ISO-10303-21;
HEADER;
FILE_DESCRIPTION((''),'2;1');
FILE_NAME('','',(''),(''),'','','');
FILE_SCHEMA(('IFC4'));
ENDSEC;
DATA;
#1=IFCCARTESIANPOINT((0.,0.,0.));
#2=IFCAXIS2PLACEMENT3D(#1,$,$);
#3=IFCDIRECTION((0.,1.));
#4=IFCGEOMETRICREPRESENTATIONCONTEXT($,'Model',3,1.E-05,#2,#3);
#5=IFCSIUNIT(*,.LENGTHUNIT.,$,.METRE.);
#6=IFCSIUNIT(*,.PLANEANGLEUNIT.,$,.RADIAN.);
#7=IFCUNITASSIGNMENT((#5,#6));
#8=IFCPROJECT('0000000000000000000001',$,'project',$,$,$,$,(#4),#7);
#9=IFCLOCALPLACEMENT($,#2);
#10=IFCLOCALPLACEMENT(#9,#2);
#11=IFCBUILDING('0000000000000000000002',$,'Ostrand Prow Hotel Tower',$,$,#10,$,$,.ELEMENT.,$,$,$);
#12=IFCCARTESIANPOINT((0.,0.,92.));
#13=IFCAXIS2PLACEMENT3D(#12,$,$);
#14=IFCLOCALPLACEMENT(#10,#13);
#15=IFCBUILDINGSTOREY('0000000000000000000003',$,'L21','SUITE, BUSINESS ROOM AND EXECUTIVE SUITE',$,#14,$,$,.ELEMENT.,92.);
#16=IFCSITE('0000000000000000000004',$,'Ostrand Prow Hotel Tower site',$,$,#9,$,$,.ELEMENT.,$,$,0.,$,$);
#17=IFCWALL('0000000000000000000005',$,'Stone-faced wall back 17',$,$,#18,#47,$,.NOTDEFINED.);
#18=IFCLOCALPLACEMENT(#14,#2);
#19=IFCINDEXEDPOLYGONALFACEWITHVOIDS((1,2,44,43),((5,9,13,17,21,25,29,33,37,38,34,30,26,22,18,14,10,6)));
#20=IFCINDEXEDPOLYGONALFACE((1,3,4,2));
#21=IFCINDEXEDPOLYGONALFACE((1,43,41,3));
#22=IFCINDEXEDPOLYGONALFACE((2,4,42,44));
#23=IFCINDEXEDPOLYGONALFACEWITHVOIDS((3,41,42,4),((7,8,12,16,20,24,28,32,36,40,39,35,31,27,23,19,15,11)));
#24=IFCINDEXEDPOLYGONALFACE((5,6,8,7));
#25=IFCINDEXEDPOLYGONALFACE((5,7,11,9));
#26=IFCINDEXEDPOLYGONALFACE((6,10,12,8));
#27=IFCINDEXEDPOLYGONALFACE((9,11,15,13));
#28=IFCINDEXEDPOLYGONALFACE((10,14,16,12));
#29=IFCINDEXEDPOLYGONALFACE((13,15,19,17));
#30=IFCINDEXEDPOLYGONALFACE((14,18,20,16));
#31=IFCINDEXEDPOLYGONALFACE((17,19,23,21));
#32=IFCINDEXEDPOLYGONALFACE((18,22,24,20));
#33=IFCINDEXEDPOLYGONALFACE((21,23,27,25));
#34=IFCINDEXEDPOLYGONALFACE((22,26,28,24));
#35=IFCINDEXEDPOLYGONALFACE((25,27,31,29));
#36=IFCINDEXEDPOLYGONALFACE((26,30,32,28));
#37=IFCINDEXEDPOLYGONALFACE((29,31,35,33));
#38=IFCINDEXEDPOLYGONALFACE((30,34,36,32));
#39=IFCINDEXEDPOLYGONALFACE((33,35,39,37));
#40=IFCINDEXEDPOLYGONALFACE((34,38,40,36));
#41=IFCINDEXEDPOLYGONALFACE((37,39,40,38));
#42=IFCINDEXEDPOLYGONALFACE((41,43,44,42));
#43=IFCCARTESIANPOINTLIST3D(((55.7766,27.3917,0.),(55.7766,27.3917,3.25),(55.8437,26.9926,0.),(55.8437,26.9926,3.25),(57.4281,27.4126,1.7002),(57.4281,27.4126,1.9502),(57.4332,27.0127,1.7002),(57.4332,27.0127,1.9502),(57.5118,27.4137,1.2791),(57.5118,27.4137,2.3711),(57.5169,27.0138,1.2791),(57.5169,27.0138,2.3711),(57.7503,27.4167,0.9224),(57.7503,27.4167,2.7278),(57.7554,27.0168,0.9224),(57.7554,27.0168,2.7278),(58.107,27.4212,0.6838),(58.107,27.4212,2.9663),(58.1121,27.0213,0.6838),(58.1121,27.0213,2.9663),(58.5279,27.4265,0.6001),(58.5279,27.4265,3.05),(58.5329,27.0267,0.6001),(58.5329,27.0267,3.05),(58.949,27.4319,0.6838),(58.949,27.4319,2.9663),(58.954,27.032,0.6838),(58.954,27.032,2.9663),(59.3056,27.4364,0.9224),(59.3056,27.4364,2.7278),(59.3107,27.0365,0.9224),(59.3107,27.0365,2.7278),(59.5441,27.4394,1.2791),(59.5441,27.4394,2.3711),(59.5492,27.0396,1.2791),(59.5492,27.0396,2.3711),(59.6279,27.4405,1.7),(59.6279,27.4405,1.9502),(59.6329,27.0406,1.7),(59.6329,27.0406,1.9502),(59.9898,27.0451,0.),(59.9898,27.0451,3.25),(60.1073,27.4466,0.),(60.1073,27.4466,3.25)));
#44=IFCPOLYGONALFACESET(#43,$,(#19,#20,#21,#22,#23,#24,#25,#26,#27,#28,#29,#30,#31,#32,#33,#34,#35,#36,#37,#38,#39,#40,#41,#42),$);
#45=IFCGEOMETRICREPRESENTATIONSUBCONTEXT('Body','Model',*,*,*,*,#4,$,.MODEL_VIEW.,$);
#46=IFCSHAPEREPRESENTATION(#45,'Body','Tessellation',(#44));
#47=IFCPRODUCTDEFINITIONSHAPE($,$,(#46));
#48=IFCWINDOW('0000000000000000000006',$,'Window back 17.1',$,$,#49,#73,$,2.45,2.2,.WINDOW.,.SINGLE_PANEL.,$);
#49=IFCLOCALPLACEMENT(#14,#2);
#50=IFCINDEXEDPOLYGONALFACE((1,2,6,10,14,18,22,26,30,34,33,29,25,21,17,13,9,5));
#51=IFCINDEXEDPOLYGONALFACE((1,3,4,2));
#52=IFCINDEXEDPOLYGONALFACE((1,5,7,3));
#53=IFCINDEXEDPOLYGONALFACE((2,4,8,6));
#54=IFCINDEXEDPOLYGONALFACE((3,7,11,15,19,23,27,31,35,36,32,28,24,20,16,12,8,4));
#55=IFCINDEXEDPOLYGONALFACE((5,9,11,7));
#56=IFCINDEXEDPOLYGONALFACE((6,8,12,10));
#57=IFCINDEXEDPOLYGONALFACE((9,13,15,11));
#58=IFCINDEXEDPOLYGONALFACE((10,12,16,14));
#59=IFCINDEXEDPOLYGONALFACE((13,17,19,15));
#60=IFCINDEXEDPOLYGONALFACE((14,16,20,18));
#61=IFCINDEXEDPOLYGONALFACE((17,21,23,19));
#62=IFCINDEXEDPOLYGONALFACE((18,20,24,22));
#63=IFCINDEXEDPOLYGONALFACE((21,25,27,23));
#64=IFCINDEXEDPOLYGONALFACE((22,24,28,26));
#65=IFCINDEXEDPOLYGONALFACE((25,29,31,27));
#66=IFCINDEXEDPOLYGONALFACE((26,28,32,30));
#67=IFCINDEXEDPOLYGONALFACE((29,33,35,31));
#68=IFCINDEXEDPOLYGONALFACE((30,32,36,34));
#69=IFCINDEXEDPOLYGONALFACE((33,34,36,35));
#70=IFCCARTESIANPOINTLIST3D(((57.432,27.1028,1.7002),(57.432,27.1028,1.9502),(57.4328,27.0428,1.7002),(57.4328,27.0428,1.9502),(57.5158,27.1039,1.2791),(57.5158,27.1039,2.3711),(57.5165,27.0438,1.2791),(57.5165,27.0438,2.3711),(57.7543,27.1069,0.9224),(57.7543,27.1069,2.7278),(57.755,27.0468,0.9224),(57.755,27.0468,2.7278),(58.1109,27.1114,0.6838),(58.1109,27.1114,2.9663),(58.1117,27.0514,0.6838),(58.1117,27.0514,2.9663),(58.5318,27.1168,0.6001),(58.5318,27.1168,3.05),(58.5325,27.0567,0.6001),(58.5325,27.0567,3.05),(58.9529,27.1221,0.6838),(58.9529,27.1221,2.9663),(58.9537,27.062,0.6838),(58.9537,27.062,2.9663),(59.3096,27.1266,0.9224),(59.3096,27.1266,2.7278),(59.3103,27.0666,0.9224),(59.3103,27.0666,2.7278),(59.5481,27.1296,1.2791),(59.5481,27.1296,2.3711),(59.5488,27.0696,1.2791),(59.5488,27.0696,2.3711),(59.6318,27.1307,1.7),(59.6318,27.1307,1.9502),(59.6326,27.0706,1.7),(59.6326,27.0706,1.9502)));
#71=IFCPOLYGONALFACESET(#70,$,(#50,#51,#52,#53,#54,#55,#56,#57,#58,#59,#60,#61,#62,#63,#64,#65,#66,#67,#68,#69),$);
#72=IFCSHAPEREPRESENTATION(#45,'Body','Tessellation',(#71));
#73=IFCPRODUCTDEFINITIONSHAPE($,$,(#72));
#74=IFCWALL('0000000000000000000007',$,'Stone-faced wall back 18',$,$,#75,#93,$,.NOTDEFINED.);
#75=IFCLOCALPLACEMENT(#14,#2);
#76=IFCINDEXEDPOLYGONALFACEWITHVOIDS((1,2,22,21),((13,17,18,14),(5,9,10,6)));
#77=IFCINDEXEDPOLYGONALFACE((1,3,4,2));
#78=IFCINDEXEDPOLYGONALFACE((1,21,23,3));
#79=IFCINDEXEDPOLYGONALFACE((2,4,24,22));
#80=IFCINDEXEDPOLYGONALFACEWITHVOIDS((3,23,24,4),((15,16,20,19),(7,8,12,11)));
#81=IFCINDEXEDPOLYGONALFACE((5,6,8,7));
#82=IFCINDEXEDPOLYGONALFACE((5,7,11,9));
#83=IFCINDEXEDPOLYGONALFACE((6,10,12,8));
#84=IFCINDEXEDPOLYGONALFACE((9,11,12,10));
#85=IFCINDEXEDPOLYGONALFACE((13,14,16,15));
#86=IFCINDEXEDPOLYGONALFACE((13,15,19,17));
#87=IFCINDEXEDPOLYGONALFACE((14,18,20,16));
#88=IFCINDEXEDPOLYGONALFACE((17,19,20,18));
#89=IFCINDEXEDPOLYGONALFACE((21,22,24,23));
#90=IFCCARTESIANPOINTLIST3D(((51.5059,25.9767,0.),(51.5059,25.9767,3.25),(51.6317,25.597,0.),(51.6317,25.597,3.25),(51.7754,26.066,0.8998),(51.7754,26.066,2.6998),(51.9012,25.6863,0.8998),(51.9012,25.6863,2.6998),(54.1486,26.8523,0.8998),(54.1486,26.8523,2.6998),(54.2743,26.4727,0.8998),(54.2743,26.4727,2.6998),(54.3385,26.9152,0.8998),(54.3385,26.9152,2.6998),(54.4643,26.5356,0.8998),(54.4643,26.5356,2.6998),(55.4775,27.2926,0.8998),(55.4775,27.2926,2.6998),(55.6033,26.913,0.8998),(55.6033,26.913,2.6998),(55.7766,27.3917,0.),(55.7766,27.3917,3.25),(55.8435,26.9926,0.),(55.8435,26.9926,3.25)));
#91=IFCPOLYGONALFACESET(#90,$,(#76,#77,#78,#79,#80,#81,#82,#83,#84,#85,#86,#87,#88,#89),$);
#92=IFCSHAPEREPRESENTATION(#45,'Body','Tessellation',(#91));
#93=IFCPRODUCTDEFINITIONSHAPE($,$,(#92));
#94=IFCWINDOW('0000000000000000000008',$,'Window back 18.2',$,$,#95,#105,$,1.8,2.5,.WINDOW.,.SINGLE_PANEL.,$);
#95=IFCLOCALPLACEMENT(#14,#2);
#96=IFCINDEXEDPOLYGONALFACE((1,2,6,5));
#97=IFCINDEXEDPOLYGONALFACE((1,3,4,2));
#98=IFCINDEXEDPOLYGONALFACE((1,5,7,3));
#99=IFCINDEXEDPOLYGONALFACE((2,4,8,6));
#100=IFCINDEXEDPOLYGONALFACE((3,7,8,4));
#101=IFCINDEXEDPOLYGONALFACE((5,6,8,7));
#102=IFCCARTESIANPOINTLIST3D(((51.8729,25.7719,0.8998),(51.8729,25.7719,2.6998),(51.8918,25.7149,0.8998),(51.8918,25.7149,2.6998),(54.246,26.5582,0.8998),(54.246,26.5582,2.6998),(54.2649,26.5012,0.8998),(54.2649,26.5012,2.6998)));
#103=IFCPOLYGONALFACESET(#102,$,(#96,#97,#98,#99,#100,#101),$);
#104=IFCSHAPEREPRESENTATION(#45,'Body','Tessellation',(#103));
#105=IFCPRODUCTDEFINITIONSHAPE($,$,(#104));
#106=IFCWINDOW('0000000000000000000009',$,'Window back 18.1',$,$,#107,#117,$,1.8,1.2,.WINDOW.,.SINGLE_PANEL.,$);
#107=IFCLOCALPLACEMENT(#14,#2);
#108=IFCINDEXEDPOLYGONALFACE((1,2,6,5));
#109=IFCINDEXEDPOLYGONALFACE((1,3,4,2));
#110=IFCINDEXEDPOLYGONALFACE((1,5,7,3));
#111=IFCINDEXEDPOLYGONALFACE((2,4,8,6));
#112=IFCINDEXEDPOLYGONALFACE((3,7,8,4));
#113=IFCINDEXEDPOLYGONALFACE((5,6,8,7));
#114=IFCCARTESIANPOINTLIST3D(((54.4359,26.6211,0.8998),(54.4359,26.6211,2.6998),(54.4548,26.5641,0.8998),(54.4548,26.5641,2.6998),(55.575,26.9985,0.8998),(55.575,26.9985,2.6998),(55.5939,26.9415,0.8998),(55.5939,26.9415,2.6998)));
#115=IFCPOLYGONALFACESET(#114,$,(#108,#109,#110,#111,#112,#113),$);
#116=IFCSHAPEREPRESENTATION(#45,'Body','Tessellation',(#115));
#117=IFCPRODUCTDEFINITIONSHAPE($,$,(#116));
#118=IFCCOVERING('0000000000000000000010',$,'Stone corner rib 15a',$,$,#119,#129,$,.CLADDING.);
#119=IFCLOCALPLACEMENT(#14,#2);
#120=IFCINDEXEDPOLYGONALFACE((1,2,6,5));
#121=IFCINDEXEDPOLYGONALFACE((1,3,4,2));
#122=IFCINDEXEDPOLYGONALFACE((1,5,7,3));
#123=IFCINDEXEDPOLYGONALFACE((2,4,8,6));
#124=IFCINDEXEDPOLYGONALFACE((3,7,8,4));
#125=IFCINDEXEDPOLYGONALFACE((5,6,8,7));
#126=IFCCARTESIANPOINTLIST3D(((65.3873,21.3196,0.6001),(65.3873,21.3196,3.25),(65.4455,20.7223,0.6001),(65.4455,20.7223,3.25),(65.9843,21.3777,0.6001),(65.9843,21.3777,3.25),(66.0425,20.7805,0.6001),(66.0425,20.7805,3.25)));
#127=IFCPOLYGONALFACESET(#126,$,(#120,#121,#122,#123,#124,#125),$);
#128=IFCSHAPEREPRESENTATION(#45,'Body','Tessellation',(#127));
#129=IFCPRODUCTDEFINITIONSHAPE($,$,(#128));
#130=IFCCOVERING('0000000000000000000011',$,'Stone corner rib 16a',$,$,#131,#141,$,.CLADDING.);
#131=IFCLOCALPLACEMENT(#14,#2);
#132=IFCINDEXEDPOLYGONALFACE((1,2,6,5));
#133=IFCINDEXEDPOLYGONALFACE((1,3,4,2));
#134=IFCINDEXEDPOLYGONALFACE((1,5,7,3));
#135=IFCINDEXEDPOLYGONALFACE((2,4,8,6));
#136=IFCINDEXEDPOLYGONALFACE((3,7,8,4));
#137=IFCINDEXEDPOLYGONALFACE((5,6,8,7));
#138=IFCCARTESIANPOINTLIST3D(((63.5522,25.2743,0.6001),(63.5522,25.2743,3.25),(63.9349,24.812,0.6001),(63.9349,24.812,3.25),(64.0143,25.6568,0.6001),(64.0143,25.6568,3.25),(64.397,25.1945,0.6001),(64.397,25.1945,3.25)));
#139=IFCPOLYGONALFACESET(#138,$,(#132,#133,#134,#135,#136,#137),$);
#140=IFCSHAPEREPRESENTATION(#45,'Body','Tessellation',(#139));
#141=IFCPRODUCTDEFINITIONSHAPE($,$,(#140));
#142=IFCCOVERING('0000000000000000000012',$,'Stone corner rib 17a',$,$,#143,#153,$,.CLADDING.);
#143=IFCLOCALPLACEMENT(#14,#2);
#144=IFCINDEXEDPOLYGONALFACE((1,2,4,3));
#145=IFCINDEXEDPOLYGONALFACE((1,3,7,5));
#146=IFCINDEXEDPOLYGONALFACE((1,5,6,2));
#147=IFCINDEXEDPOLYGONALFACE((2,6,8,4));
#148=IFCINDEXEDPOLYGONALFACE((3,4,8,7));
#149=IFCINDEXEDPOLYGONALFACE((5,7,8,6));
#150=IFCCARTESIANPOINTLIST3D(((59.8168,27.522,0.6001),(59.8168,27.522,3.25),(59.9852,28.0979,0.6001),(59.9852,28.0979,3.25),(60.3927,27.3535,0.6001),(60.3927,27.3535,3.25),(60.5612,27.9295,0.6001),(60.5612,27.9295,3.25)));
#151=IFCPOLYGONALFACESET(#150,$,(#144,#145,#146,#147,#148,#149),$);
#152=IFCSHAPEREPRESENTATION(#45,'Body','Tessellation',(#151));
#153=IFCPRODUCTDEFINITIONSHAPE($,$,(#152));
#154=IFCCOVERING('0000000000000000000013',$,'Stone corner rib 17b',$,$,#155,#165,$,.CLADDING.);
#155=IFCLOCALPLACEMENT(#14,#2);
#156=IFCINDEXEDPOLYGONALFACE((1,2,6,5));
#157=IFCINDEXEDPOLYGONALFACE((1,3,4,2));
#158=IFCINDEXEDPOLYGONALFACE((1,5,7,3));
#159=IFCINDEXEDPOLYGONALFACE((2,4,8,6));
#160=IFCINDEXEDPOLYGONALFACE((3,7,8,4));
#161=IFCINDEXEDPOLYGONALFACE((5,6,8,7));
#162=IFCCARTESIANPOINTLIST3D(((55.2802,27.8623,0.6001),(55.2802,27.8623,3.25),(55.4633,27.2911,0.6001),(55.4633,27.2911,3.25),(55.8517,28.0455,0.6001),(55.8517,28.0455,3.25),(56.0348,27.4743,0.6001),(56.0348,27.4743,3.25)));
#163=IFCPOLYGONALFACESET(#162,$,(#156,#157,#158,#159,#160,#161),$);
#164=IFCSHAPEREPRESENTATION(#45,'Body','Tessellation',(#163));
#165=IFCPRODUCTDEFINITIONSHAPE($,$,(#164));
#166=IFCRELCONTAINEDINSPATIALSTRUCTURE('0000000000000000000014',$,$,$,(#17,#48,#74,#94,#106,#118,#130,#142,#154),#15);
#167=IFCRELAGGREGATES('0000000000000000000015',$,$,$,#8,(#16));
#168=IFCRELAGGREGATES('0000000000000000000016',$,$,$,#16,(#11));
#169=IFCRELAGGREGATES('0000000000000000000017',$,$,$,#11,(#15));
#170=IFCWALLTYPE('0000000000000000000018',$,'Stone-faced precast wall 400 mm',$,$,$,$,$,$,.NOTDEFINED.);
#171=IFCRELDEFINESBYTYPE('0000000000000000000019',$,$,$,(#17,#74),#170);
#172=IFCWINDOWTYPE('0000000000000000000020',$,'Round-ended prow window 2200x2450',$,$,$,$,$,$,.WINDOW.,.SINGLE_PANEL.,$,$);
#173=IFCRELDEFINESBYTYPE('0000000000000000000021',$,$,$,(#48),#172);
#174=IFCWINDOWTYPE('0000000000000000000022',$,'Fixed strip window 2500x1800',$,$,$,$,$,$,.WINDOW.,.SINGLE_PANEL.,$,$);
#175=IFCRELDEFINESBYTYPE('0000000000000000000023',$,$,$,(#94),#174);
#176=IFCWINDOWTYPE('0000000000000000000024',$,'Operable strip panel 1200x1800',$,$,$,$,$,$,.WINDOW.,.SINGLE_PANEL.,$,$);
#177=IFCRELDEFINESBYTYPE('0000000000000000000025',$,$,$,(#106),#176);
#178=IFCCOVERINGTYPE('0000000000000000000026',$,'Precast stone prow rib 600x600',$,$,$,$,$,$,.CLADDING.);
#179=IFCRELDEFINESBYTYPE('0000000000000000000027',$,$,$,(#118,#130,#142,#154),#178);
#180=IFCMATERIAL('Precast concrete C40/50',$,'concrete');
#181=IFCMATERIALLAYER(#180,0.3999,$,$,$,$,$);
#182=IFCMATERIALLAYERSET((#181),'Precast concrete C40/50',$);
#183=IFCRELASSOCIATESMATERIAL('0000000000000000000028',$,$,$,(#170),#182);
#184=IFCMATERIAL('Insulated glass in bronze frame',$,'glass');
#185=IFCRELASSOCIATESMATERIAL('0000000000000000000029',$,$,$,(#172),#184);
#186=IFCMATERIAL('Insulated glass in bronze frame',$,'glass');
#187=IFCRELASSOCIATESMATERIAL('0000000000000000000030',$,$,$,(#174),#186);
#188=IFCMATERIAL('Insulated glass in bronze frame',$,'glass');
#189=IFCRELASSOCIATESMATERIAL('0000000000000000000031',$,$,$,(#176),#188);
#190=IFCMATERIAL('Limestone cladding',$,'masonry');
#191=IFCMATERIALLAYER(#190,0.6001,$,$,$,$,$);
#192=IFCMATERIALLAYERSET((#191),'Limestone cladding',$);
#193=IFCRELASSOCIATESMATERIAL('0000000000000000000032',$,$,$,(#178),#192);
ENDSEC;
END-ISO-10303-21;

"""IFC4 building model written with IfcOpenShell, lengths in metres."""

from ifc_helpers import new_model, si_unit, direction, frame, frame_2d, origin, place, context, subcontext, project, spatial, polyline, rectangle, outline, extrude, material, layer, layer_set, type_object, element, fill, save


model = new_model("IFC4")

# Units and contexts
model_context = context("Model", 3, precision=1e-05, world=origin(), true_north=direction((0.0, 1.0)))
body_context = subcontext(model_context, "Body", "Model", "MODEL_VIEW")
ifc_project = project(units=[si_unit("LENGTHUNIT", "METRE"), si_unit("PLANEANGLEUNIT", "RADIAN")], contexts=[model_context])

# Site, building, storey
site_placement = place(None, origin())
site = spatial("IfcSite", under=ifc_project, at=site_placement, Name="Ostrand Prow Hotel Tower site", CompositionType="ELEMENT", RefElevation=0.0)
building_placement = place(site_placement, origin())
building = spatial("IfcBuilding", under=site, at=building_placement, Name="Ostrand Prow Hotel Tower", CompositionType="ELEMENT")
storey_placement = place(building_placement, frame((0.0, 0.0, 92.0)))
storey = spatial("IfcBuildingStorey", under=building, at=storey_placement, Name="L21", Description="SUITE, BUSINESS ROOM AND EXECUTIVE SUITE", CompositionType="ELEMENT", Elevation=92.0)

# Shared definitions
ifc_material_1 = material(Name="Precast concrete C40/50", Category="concrete")
ifc_layer_1 = layer(ifc_material_1, 0.3999)
ifc_layer_set_1 = layer_set([ifc_layer_1], Name="Precast concrete C40/50")
wall_type_1 = type_object("IfcWallType", Name="Stone-faced precast wall 400 mm", PredefinedType="NOTDEFINED", material=ifc_layer_set_1)

# Wall, opening, window
ifc_material_2 = material(Name="Insulated glass in bronze frame", Category="glass")
window_type_1 = type_object("IfcWindowType", Name="Round-ended prow window 2200x2450", PartitioningType="SINGLE_PANEL", PredefinedType="WINDOW", material=ifc_material_2)
wall_1_placement = place(storey_placement, frame((60.0486, 27.2458, 0.0), z_axis=(0.0, 0.0, 1.0), x_axis=(-0.99992, -0.012671, 0.0)))
wall_1 = element("IfcWall", 1, at=wall_1_placement, inside=storey, type_object=wall_type_1, Name="Stone-faced wall back 17", PredefinedType="NOTDEFINED", context=body_context, shape_type="SweptSolid", body=[
    extrude(outline(polyline([(-0.0613, -0.2), (4.2698, -0.2), (4.2078, 0.2), (0.0613, 0.2), (-0.0613, -0.2)])), origin(), (0.0, 0.0, 1.0), 3.25),
])
opening_1_placement = place(wall_1_placement, frame((0.4182, 0.0, 0.6001)))
opening_1 = element("IfcOpeningElement", 2, at=opening_1_placement, cuts=wall_1, PredefinedType="OPENING", context=body_context, shape_type="SweptSolid", body=[
    extrude(outline(polyline([(0.0, 1.3501), (0.0837, 1.771), (0.3223, 2.1277), (0.679, 2.3662), (1.1001, 2.45), (1.521, 2.3662), (1.8777, 2.1277), (2.1162, 1.771), (2.2, 1.3501), (2.2, 1.1001), (2.1162, 0.679), (1.8777, 0.3223), (1.521, 0.0837), (1.1001, 0.0), (0.679, 0.0837), (0.3223, 0.3223), (0.0837, 0.679), (0.0, 1.0999), (0.0, 1.3501)])), frame((0.0, 0.21, 0.0), z_axis=(0.0, -1.0, 0.0), x_axis=(1.0, 0.0, 0.0)), (0.0, 0.0, 1.0), 0.4199),
])
window_1_placement = place(opening_1_placement, origin())
window_1 = element("IfcWindow", 3, at=window_1_placement, inside=storey, type_object=window_type_1, Name="Window back 17.1", OverallHeight=2.45, OverallWidth=2.2, PartitioningType="SINGLE_PANEL", PredefinedType="WINDOW", context=body_context, shape_type="SweptSolid", body=[
    extrude(outline(polyline([(0.0, 1.3501), (0.0837, 1.771), (0.3223, 2.1277), (0.679, 2.3662), (1.1001, 2.45), (1.521, 2.3662), (1.8777, 2.1277), (2.1162, 1.771), (2.2, 1.3501), (2.2, 1.1001), (2.1162, 0.679), (1.8777, 0.3223), (1.521, 0.0837), (1.1001, 0.0), (0.679, 0.0837), (0.3223, 0.3223), (0.0837, 0.679), (0.0, 1.0999), (0.0, 1.3501)])), frame((0.0, 0.1699, 0.0), z_axis=(0.0, -1.0, 0.0), x_axis=(1.0, 0.0, 0.0)), (0.0, 0.0, 1.0), 0.0601),
])
fill(opening_1, window_1)

# Wall, openings, windows
wall_2_placement = place(storey_placement, frame((55.8101, 27.1921, 0.0), z_axis=(0.0, 0.0, 1.0), x_axis=(-0.94925, -0.314522, 0.0)))
wall_2 = element("IfcWall", 4, at=wall_2_placement, inside=storey, type_object=wall_type_1, Name="Stone-faced wall back 18", PredefinedType="NOTDEFINED", context=body_context, shape_type="SweptSolid", body=[
    extrude(outline(polyline([(-0.031, -0.2), (4.468, -0.2), (4.468, 0.2), (0.031, 0.2), (-0.031, -0.2)])), origin(), (0.0, 0.0, 1.0), 3.25),
])
opening_2_placement = place(wall_2_placement, frame((0.2839, 0.0, 0.8999)))
opening_2 = element("IfcOpeningElement", 5, at=opening_2_placement, cuts=wall_2, PredefinedType="OPENING", context=body_context, shape_type="SweptSolid", body=[
    extrude(rectangle(XDim=1.2, YDim=1.8, at=frame_2d((0.6001, 0.8999))), frame((0.0, 0.21, 0.0), z_axis=(0.0, -1.0, 0.0), x_axis=(1.0, 0.0, 0.0)), (0.0, 0.0, 1.0), 0.4199),
])
opening_3_placement = place(wall_2_placement, frame((1.6841, 0.0, 0.8999)))
opening_3 = element("IfcOpeningElement", 6, at=opening_3_placement, cuts=wall_2, PredefinedType="OPENING", context=body_context, shape_type="SweptSolid", body=[
    extrude(rectangle(XDim=2.5, YDim=1.8, at=frame_2d((1.25, 0.8999))), frame((0.0, 0.21, 0.0), z_axis=(0.0, -1.0, 0.0), x_axis=(1.0, 0.0, 0.0)), (0.0, 0.0, 1.0), 0.4199),
])
ifc_material_3 = material(Name="Insulated glass in bronze frame", Category="glass")
window_type_2 = type_object("IfcWindowType", Name="Fixed strip window 2500x1800", PartitioningType="SINGLE_PANEL", PredefinedType="WINDOW", material=ifc_material_3)
window_2_placement = place(opening_3_placement, origin())
window_2 = element("IfcWindow", 7, at=window_2_placement, inside=storey, type_object=window_type_2, Name="Window back 18.2", OverallHeight=1.8, OverallWidth=2.5, PartitioningType="SINGLE_PANEL", PredefinedType="WINDOW", context=body_context, shape_type="SweptSolid", body=[
    extrude(rectangle(XDim=2.5, YDim=1.8, at=frame_2d((1.25, 0.8999))), frame((0.0, 0.1699, 0.0), z_axis=(0.0, -1.0, 0.0), x_axis=(1.0, 0.0, 0.0)), (0.0, 0.0, 1.0), 0.0601),
])
fill(opening_3, window_2)
ifc_material_4 = material(Name="Insulated glass in bronze frame", Category="glass")
window_type_3 = type_object("IfcWindowType", Name="Operable strip panel 1200x1800", PartitioningType="SINGLE_PANEL", PredefinedType="WINDOW", material=ifc_material_4)
window_3_placement = place(opening_2_placement, origin())
window_3 = element("IfcWindow", 8, at=window_3_placement, inside=storey, type_object=window_type_3, Name="Window back 18.1", OverallHeight=1.8, OverallWidth=1.2, PartitioningType="SINGLE_PANEL", PredefinedType="WINDOW", context=body_context, shape_type="SweptSolid", body=[
    extrude(rectangle(XDim=1.2, YDim=1.8, at=frame_2d((0.6001, 0.8999))), frame((0.0, 0.1699, 0.0), z_axis=(0.0, -1.0, 0.0), x_axis=(1.0, 0.0, 0.0)), (0.0, 0.0, 1.0), 0.0601),
])
fill(opening_2, window_3)

# Coverings
ifc_material_5 = material(Name="Limestone cladding", Category="masonry")
ifc_layer_2 = layer(ifc_material_5, 0.6001)
ifc_layer_set_2 = layer_set([ifc_layer_2], Name="Limestone cladding")
covering_type = type_object("IfcCoveringType", Name="Precast stone prow rib 600x600", PredefinedType="CLADDING", material=ifc_layer_set_2)
for number, where, z_axis, x_axis, name in (
    (9, (65.4165, 21.021, 0.6001), (0.0, 0.0, 1.0), (0.995296, 0.096884, 0.0), "Stone corner rib 15a"),
    (10, (63.7437, 25.0432, 0.6001), (0.0, 0.0, 1.0), (0.770319, 0.637659, 0.0), "Stone corner rib 16a"),
):
    element("IfcCovering", number, at=place(storey_placement, frame(where, z_axis=z_axis, x_axis=x_axis)), inside=storey, type_object=covering_type, Name=name, PredefinedType="CLADDING", context=body_context, shape_type="SweptSolid", body=[
        extrude(rectangle(XDim=0.5999, YDim=0.6001, at=frame_2d((0.2998, 0.0))), origin(), (0.0, 0.0, 1.0), 2.6499),
    ])
covering_1_placement = place(storey_placement, frame((60.1047, 27.4377, 0.6001), z_axis=(0.0, 0.0, 1.0), x_axis=(0.280734, 0.959786, 0.0)))
element("IfcCovering", 11, at=covering_1_placement, inside=storey, type_object=covering_type, Name="Stone corner rib 17a", PredefinedType="CLADDING", context=body_context, shape_type="SweptSolid", body=[
    extrude(rectangle(XDim=0.6001, YDim=0.6001, at=frame_2d((0.3, 0.0))), origin(), (0.0, 0.0, 1.0), 2.6499),
])
covering_2_placement = place(storey_placement, frame((55.749, 27.3828, 0.6001), z_axis=(0.0, 0.0, 1.0), x_axis=(-0.305219, 0.952282, 0.0)))
element("IfcCovering", 12, at=covering_2_placement, inside=storey, type_object=covering_type, Name="Stone corner rib 17b", PredefinedType="CLADDING", context=body_context, shape_type="SweptSolid", body=[
    extrude(rectangle(XDim=0.5999, YDim=0.6001, at=frame_2d((0.2998, 0.0))), origin(), (0.0, 0.0, 1.0), 2.6499),
])

save(model, "model.ifc")
